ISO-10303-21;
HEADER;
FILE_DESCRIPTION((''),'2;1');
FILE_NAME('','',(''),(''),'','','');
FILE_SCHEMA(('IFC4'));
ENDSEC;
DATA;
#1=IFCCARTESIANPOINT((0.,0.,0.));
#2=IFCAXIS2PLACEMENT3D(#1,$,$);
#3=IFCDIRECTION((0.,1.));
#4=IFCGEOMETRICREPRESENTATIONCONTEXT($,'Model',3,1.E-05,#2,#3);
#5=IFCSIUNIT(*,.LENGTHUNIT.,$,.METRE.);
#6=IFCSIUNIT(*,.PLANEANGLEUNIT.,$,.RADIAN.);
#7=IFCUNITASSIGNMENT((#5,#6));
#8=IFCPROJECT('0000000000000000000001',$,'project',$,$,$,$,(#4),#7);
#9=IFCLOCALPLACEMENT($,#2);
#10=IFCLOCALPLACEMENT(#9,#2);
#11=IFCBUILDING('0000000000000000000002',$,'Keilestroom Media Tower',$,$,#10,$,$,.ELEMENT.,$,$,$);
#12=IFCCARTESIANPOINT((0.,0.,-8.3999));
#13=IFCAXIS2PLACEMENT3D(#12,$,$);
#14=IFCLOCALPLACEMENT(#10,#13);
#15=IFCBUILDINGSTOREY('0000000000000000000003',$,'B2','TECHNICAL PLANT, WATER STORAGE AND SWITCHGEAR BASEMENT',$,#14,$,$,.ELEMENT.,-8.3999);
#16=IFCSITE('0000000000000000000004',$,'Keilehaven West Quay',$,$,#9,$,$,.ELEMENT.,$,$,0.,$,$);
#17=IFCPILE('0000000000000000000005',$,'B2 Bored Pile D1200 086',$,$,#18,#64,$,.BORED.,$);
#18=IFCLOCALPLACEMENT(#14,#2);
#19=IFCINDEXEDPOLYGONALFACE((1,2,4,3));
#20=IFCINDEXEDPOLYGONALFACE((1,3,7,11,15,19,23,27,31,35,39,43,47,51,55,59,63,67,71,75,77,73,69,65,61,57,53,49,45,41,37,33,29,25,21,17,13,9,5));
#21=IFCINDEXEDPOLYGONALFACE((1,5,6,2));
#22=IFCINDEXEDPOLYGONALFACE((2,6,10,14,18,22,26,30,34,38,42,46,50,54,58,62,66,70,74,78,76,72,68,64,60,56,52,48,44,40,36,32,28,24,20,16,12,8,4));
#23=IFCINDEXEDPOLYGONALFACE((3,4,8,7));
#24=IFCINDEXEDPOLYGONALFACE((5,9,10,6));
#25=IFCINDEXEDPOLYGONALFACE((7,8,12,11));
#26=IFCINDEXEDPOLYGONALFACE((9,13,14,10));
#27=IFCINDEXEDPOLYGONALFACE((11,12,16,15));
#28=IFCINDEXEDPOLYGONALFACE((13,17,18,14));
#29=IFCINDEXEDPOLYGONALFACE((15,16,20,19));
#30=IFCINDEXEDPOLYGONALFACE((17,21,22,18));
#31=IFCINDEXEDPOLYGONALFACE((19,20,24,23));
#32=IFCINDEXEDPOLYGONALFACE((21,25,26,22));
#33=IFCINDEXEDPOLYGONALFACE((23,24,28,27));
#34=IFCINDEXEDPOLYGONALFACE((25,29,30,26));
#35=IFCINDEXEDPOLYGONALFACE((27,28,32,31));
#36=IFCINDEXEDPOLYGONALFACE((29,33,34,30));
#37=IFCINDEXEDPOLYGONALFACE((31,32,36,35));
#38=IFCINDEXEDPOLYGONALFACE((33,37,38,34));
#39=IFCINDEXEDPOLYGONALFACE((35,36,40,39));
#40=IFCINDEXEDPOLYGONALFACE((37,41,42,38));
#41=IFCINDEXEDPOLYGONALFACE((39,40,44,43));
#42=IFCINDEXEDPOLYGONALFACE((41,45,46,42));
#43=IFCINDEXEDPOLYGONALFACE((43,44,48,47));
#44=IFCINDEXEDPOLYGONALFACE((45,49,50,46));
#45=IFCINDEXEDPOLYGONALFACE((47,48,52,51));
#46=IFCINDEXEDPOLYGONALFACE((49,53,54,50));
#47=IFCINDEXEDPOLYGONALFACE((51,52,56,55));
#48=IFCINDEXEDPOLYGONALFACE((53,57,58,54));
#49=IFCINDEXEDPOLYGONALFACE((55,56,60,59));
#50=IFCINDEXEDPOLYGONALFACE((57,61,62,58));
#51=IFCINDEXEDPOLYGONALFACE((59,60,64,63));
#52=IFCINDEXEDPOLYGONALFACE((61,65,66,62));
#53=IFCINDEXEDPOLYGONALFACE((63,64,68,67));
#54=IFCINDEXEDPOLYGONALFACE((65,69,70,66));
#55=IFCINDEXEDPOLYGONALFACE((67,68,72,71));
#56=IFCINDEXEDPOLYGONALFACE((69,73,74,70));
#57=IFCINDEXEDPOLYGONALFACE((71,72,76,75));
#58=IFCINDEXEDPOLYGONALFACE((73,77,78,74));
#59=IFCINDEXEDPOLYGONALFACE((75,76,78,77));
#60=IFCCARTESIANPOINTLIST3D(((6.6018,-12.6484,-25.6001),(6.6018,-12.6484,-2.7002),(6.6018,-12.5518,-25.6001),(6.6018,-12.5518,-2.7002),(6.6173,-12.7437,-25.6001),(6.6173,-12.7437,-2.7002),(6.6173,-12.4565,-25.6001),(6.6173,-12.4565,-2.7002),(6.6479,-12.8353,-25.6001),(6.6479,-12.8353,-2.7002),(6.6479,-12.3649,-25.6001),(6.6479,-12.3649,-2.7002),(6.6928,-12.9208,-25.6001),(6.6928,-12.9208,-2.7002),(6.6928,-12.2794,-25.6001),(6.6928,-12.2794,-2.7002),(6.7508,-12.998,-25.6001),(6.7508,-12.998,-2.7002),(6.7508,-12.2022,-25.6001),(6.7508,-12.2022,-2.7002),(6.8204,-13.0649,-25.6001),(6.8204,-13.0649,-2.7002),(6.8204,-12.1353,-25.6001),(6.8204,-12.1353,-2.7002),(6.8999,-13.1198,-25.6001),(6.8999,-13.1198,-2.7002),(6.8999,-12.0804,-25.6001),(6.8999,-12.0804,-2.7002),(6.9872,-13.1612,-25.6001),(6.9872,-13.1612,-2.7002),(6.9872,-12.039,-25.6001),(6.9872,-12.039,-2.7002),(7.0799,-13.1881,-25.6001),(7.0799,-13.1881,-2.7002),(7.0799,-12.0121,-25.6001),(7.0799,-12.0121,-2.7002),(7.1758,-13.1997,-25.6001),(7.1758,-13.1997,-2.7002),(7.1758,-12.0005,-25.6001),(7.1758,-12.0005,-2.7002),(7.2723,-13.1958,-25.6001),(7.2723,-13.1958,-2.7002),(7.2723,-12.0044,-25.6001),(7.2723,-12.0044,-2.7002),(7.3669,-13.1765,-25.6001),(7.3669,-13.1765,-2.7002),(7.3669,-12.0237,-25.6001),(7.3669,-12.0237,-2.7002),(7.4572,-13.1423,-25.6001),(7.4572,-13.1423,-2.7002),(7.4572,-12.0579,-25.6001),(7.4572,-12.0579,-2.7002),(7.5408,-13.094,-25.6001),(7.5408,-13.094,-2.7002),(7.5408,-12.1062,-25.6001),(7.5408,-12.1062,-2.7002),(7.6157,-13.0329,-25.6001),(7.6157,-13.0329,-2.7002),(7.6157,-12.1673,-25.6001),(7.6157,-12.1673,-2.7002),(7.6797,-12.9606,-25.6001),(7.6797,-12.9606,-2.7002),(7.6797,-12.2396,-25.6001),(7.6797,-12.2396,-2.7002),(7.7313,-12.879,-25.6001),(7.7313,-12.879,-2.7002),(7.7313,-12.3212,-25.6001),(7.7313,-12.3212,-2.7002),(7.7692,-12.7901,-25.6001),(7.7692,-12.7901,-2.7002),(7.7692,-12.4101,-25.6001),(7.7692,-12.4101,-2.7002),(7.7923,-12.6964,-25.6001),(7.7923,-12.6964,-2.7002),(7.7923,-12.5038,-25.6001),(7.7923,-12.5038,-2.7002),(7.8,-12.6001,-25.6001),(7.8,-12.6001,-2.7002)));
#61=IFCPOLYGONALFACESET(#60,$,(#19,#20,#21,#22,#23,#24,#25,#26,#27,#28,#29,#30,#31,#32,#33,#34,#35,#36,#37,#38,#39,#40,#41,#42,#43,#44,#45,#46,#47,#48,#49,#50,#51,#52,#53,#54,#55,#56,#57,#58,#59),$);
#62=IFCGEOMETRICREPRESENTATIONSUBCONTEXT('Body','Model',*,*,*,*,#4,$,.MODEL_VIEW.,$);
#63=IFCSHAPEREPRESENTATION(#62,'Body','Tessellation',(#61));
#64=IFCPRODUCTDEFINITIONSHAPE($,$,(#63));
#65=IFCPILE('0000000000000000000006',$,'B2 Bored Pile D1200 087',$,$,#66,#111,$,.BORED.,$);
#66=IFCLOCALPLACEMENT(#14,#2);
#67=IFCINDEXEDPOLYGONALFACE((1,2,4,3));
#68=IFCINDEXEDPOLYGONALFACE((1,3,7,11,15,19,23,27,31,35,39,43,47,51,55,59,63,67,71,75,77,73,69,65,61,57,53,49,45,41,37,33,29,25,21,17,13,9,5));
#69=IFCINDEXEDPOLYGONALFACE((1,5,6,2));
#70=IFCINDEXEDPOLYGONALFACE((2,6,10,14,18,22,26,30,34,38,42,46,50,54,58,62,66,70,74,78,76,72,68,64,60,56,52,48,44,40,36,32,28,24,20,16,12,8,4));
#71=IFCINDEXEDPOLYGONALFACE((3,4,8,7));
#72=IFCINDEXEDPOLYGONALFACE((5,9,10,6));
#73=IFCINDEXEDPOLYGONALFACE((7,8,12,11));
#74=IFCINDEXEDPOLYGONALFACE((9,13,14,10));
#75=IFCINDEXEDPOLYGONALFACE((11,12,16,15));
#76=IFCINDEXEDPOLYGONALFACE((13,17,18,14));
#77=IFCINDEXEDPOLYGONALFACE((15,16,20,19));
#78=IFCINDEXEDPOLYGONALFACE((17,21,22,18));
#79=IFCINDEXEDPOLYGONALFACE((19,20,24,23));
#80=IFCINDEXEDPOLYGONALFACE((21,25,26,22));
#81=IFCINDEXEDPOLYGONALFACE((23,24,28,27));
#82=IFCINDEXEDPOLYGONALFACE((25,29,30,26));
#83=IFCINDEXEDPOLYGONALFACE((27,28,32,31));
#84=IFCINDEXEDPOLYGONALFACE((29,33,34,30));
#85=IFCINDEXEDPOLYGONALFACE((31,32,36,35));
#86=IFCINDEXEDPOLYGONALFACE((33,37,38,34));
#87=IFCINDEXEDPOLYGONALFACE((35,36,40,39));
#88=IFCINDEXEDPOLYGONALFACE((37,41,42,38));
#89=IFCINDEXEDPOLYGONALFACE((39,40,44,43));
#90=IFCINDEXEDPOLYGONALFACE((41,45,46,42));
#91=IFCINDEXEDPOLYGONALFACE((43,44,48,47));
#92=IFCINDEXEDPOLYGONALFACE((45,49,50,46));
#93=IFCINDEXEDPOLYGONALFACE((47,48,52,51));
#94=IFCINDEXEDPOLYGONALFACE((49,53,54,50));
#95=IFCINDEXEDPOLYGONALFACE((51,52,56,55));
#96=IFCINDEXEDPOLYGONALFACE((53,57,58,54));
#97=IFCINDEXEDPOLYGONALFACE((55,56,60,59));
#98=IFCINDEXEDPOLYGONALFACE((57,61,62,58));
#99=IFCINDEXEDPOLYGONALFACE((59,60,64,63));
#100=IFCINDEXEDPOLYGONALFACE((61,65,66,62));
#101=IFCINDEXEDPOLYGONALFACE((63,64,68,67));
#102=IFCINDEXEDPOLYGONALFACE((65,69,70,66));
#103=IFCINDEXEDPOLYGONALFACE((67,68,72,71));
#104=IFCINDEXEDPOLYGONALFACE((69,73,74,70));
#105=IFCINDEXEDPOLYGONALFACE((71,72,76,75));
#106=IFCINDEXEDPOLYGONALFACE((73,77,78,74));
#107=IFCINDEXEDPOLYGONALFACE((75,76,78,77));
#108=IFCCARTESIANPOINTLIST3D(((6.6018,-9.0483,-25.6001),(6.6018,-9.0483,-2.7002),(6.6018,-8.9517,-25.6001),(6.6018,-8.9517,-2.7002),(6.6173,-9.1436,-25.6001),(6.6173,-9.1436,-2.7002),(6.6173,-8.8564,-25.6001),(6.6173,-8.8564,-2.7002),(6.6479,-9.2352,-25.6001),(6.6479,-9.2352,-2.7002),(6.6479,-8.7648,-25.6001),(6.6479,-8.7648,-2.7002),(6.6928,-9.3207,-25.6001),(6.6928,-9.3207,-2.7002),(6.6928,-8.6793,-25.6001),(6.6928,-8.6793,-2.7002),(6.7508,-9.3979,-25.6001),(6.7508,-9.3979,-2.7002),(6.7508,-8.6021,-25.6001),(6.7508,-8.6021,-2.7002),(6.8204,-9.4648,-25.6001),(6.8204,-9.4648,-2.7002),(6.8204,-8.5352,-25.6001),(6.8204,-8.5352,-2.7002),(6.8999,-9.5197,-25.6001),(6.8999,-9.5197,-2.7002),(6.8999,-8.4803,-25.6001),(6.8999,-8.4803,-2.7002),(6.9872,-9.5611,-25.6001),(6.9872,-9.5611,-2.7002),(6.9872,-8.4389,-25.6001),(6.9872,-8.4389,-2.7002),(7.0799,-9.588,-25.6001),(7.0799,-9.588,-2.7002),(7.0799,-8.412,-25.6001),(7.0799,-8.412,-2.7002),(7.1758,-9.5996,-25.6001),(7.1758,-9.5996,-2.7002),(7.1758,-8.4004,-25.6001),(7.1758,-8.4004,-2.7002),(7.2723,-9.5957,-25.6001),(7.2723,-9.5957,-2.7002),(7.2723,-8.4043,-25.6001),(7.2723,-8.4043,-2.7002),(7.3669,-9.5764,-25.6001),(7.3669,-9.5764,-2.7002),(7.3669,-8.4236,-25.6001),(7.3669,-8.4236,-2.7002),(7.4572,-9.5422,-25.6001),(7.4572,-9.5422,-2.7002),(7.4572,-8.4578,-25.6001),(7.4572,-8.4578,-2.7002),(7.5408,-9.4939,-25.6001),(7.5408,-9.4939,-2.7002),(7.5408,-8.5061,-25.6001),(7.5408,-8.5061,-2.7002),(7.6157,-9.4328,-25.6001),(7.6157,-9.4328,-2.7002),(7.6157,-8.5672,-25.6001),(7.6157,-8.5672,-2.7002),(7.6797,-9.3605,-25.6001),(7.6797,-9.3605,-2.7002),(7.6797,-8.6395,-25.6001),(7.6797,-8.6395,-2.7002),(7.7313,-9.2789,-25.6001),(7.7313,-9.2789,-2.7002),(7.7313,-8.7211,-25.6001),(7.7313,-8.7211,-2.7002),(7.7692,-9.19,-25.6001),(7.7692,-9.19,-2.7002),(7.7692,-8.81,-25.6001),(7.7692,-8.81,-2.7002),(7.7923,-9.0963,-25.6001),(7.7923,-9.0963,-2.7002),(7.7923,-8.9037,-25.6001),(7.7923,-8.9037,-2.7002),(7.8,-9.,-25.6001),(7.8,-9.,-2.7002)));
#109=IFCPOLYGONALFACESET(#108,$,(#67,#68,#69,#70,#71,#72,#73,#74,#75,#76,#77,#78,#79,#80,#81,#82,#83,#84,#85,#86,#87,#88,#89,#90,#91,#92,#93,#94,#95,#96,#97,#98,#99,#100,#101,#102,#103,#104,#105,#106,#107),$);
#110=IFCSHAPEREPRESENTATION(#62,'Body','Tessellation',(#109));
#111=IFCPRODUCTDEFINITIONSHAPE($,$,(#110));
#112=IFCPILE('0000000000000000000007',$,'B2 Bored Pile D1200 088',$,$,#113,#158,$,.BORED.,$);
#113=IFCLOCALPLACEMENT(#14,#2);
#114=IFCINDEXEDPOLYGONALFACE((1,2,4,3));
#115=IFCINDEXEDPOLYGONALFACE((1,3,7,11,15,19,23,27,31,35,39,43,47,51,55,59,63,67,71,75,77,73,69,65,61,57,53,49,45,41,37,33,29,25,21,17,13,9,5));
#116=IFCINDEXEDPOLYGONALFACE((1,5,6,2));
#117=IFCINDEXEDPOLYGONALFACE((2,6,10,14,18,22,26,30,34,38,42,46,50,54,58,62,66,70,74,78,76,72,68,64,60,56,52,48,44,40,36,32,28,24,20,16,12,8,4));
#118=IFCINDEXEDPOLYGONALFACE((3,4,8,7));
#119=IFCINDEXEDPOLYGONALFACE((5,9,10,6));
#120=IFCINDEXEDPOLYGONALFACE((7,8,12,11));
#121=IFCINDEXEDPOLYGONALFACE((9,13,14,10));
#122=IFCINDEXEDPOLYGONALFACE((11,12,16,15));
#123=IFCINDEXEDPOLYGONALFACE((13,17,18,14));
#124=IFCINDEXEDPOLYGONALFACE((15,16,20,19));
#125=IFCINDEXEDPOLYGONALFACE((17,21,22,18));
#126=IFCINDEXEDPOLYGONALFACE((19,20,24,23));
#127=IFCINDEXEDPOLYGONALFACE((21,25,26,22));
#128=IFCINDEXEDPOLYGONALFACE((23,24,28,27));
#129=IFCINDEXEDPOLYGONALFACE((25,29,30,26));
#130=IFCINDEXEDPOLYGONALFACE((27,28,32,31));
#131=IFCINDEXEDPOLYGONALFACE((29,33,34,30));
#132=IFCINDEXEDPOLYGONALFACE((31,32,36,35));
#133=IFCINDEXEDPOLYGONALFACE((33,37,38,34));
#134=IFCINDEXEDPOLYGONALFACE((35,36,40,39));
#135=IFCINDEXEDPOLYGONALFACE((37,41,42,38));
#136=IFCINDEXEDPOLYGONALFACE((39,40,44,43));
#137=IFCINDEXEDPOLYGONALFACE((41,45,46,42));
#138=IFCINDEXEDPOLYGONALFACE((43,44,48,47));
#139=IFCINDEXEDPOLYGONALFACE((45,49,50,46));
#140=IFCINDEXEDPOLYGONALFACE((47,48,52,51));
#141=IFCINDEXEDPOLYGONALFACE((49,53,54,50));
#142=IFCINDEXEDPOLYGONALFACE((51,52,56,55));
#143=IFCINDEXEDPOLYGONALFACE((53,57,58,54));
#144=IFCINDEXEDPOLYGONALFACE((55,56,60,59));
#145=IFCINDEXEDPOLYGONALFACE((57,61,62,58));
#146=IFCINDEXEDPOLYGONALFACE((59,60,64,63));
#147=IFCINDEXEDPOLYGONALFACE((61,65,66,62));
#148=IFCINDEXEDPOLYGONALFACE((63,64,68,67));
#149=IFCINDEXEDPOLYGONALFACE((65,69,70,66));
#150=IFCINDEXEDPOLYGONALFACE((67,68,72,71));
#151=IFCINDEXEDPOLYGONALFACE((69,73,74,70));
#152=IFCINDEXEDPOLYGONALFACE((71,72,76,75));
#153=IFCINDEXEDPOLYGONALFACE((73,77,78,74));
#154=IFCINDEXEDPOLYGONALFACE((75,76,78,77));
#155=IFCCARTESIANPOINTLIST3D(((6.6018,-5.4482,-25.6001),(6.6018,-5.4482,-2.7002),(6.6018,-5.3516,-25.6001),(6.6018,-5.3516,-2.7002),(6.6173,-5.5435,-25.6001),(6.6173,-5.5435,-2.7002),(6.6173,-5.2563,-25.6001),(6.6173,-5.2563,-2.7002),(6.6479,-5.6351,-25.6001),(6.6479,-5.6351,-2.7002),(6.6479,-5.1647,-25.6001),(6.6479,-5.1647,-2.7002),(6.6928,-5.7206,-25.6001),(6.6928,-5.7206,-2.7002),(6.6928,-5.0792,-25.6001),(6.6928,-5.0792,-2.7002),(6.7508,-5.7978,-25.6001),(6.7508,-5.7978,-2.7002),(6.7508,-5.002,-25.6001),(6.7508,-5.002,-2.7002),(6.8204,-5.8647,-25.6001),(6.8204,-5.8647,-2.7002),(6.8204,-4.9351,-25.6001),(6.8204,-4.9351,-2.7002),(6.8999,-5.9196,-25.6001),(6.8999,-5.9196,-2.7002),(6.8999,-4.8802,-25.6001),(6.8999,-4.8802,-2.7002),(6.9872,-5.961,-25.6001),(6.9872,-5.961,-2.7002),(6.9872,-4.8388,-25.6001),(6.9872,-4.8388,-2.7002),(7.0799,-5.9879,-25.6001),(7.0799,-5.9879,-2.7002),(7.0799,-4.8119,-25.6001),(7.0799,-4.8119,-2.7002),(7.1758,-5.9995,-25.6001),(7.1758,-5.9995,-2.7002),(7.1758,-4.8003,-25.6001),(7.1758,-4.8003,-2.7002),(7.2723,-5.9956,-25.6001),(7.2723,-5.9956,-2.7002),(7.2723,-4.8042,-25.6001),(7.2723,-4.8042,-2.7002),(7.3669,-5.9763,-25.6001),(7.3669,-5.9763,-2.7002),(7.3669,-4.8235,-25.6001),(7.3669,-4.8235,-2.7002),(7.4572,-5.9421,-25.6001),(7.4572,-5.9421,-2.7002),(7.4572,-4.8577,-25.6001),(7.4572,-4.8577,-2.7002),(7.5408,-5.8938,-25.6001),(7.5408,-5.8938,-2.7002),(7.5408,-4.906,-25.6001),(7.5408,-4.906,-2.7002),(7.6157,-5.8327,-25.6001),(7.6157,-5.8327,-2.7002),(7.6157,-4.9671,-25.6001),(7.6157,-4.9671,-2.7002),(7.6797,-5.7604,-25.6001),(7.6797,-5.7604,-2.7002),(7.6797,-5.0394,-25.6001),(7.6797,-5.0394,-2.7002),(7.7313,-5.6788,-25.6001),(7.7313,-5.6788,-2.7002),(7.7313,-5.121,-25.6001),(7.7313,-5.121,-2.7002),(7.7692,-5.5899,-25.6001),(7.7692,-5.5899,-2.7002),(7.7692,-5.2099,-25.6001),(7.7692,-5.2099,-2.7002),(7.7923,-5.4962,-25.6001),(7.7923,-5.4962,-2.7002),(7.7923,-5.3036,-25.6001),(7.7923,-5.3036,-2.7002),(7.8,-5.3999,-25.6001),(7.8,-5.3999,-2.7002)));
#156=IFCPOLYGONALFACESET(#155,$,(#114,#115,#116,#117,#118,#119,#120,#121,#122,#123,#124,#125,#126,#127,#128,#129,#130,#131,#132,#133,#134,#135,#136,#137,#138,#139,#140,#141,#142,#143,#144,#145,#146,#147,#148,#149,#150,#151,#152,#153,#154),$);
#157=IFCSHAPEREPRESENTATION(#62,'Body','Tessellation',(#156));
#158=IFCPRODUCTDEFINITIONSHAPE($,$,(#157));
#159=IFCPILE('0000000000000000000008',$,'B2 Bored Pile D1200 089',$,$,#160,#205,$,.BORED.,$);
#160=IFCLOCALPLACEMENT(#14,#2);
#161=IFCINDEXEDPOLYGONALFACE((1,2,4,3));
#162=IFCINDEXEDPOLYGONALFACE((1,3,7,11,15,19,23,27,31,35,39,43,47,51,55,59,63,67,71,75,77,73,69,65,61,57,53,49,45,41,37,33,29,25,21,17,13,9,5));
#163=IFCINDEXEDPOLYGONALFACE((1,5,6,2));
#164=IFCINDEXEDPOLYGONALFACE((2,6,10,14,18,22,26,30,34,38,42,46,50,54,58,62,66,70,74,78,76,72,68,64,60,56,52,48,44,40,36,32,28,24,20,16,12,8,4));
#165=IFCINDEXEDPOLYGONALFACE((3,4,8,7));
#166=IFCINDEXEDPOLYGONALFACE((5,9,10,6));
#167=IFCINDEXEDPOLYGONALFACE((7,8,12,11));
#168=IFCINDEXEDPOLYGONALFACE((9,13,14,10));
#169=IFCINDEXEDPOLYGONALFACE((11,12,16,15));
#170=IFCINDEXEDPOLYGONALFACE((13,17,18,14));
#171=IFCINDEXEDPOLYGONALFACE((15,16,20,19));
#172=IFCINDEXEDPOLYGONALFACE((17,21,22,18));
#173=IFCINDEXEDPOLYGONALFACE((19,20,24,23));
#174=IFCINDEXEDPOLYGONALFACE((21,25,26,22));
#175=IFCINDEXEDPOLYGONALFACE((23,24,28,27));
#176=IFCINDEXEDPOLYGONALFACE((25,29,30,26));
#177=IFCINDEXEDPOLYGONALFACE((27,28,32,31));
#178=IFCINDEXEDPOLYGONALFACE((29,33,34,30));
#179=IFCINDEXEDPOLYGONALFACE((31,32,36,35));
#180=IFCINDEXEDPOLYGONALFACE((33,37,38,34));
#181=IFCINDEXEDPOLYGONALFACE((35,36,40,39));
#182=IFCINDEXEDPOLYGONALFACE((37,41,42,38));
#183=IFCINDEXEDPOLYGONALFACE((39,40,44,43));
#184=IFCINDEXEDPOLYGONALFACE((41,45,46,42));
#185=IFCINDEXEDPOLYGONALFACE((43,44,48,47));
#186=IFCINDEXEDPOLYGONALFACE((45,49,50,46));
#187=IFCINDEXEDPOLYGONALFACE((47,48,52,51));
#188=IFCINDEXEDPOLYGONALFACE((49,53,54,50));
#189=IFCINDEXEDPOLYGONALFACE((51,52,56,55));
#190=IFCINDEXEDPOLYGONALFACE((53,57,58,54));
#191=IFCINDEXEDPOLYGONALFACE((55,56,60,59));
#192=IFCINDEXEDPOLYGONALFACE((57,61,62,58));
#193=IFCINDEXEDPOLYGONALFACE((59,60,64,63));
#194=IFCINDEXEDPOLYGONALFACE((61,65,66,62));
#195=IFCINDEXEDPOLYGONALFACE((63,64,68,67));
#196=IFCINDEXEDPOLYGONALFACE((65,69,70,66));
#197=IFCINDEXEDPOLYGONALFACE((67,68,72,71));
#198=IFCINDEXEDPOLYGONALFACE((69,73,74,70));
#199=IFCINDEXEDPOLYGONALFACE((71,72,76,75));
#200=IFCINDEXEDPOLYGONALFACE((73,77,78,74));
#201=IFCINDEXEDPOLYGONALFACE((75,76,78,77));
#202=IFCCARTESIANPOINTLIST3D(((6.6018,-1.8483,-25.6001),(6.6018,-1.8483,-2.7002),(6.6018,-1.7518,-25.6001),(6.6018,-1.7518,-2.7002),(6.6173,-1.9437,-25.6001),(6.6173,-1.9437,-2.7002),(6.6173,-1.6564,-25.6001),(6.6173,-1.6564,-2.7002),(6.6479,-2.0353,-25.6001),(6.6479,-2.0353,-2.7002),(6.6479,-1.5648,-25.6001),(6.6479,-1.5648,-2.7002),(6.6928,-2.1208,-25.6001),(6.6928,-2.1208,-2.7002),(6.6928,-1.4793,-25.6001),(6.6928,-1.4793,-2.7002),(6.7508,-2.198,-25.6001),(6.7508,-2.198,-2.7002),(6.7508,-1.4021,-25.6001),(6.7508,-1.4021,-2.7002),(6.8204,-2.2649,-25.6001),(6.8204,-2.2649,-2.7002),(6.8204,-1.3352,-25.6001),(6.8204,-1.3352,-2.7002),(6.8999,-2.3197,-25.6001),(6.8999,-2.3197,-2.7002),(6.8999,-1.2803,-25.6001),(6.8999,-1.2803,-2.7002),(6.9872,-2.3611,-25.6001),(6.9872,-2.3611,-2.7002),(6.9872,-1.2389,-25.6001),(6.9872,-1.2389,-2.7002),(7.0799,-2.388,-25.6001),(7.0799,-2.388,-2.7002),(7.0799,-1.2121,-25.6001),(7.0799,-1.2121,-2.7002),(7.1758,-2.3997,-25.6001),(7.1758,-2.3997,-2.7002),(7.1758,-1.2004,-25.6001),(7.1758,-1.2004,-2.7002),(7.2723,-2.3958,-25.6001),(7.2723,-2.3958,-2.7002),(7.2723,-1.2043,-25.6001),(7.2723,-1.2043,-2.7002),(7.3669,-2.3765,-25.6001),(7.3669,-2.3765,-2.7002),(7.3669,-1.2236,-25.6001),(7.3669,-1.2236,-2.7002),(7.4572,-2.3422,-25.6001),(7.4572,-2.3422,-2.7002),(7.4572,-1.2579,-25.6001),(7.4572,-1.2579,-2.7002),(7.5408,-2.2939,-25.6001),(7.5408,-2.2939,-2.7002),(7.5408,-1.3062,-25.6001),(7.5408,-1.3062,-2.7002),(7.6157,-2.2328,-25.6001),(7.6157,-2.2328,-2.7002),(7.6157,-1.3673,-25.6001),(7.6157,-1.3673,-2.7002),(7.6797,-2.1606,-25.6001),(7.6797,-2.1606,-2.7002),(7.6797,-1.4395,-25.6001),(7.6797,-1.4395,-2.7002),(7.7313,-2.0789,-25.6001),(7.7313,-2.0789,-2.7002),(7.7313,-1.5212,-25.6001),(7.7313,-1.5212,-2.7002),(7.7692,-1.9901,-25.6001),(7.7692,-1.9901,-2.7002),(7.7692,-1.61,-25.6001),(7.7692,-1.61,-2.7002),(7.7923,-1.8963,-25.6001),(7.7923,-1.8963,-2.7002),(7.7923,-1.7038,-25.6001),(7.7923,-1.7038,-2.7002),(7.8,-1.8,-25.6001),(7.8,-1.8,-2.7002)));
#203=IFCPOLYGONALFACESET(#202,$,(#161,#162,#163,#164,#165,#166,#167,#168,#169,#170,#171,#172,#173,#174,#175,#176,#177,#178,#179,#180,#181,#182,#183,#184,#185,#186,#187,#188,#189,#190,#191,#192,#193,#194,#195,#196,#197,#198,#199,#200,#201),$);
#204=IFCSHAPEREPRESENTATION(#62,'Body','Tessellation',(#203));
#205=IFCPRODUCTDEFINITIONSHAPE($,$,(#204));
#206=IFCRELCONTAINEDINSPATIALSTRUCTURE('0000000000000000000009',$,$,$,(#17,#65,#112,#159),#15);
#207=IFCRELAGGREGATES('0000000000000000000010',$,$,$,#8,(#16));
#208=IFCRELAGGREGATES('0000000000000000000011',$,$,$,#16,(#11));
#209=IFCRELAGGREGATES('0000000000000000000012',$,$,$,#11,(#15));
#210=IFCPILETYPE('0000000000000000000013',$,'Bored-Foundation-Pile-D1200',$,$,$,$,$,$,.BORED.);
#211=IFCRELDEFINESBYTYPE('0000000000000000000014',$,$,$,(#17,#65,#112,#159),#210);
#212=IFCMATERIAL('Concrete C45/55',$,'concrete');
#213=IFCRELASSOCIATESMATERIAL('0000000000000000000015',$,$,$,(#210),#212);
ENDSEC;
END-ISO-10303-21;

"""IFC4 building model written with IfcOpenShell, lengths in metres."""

from ifc_helpers import new_model, si_unit, direction, frame, origin, origin_2d, place, context, subcontext, project, spatial, circle, extrude, source, transform, mapped, material, material_profile, profile_set, type_object, element, save


model = new_model("IFC4")

# Units and contexts
model_context = context("Model", 3, precision=1e-05, world=origin(), true_north=direction((0.0, 1.0)))
body_context = subcontext(model_context, "Body", "Model", "MODEL_VIEW")
ifc_project = project(units=[si_unit("LENGTHUNIT", "METRE"), si_unit("PLANEANGLEUNIT", "RADIAN")], contexts=[model_context])

# Site, building, storey
site_placement = place(None, origin())
site = spatial("IfcSite", under=ifc_project, at=site_placement, Name="Keilehaven West Quay", CompositionType="ELEMENT", RefElevation=0.0)
building_placement = place(site_placement, origin())
building = spatial("IfcBuilding", under=site, at=building_placement, Name="Keilestroom Media Tower", CompositionType="ELEMENT")
storey_placement = place(building_placement, frame((0.0, 0.0, -8.3999)))
storey = spatial("IfcBuildingStorey", under=building, at=storey_placement, Name="B2", Description="TECHNICAL PLANT, WATER STORAGE AND SWITCHGEAR BASEMENT", CompositionType="ELEMENT", Elevation=-8.3999)

# Piles
ifc_material_1 = material(Name="Concrete C45/55", Category="concrete")
ifc_material_profile_1 = material_profile(ifc_material_1, circle(Radius=0.6001, at=origin_2d()), Name="BORED PILE D1200")
ifc_profile_set_1 = profile_set([ifc_material_profile_1], Name="Concrete C45/55")
pile_type = type_object("IfcPileType", Name="Bored-Foundation-Pile-D1200", PredefinedType="BORED", material=ifc_profile_set_1)
shared_shape_1 = source(origin(), body_context, "Body", "SweptSolid", [
    extrude(circle(Radius=0.6001, at=origin_2d()), origin(), (0.0, 0.0, 1.0), 22.8999),
])
for number, where, z_axis, x_axis, name in (
    (1, (7.2, -12.6001, -2.7002), (0.0, 0.0, -1.0), (1.0, 0.0, 0.0), "B2 Bored Pile D1200 086"),
    (2, (7.2, -9.0, -2.7002), (0.0, 0.0, -1.0), (1.0, 0.0, 0.0), "B2 Bored Pile D1200 087"),
    (3, (7.2, -5.3999, -2.7002), (0.0, 0.0, -1.0), (1.0, 0.0, 0.0), "B2 Bored Pile D1200 088"),
    (4, (7.2, -1.8, -2.7002), (0.0, 0.0, -1.0), (1.0, 0.0, 0.0), "B2 Bored Pile D1200 089"),
):
    element("IfcPile", number, at=place(storey_placement, frame(where, z_axis=z_axis, x_axis=x_axis)), inside=storey, type_object=pile_type, Name=name, PredefinedType="BORED", context=body_context, shape_type="MappedRepresentation", body=[
        mapped(shared_shape_1, transform((0.0, 0.0, 0.0), x_axis=(1.0, 0.0, 0.0), y_axis=(0.0, 1.0, 0.0), z_axis=(0.0, 0.0, 1.0), scale=1.0)),
    ])

save(model, "model.ifc")
